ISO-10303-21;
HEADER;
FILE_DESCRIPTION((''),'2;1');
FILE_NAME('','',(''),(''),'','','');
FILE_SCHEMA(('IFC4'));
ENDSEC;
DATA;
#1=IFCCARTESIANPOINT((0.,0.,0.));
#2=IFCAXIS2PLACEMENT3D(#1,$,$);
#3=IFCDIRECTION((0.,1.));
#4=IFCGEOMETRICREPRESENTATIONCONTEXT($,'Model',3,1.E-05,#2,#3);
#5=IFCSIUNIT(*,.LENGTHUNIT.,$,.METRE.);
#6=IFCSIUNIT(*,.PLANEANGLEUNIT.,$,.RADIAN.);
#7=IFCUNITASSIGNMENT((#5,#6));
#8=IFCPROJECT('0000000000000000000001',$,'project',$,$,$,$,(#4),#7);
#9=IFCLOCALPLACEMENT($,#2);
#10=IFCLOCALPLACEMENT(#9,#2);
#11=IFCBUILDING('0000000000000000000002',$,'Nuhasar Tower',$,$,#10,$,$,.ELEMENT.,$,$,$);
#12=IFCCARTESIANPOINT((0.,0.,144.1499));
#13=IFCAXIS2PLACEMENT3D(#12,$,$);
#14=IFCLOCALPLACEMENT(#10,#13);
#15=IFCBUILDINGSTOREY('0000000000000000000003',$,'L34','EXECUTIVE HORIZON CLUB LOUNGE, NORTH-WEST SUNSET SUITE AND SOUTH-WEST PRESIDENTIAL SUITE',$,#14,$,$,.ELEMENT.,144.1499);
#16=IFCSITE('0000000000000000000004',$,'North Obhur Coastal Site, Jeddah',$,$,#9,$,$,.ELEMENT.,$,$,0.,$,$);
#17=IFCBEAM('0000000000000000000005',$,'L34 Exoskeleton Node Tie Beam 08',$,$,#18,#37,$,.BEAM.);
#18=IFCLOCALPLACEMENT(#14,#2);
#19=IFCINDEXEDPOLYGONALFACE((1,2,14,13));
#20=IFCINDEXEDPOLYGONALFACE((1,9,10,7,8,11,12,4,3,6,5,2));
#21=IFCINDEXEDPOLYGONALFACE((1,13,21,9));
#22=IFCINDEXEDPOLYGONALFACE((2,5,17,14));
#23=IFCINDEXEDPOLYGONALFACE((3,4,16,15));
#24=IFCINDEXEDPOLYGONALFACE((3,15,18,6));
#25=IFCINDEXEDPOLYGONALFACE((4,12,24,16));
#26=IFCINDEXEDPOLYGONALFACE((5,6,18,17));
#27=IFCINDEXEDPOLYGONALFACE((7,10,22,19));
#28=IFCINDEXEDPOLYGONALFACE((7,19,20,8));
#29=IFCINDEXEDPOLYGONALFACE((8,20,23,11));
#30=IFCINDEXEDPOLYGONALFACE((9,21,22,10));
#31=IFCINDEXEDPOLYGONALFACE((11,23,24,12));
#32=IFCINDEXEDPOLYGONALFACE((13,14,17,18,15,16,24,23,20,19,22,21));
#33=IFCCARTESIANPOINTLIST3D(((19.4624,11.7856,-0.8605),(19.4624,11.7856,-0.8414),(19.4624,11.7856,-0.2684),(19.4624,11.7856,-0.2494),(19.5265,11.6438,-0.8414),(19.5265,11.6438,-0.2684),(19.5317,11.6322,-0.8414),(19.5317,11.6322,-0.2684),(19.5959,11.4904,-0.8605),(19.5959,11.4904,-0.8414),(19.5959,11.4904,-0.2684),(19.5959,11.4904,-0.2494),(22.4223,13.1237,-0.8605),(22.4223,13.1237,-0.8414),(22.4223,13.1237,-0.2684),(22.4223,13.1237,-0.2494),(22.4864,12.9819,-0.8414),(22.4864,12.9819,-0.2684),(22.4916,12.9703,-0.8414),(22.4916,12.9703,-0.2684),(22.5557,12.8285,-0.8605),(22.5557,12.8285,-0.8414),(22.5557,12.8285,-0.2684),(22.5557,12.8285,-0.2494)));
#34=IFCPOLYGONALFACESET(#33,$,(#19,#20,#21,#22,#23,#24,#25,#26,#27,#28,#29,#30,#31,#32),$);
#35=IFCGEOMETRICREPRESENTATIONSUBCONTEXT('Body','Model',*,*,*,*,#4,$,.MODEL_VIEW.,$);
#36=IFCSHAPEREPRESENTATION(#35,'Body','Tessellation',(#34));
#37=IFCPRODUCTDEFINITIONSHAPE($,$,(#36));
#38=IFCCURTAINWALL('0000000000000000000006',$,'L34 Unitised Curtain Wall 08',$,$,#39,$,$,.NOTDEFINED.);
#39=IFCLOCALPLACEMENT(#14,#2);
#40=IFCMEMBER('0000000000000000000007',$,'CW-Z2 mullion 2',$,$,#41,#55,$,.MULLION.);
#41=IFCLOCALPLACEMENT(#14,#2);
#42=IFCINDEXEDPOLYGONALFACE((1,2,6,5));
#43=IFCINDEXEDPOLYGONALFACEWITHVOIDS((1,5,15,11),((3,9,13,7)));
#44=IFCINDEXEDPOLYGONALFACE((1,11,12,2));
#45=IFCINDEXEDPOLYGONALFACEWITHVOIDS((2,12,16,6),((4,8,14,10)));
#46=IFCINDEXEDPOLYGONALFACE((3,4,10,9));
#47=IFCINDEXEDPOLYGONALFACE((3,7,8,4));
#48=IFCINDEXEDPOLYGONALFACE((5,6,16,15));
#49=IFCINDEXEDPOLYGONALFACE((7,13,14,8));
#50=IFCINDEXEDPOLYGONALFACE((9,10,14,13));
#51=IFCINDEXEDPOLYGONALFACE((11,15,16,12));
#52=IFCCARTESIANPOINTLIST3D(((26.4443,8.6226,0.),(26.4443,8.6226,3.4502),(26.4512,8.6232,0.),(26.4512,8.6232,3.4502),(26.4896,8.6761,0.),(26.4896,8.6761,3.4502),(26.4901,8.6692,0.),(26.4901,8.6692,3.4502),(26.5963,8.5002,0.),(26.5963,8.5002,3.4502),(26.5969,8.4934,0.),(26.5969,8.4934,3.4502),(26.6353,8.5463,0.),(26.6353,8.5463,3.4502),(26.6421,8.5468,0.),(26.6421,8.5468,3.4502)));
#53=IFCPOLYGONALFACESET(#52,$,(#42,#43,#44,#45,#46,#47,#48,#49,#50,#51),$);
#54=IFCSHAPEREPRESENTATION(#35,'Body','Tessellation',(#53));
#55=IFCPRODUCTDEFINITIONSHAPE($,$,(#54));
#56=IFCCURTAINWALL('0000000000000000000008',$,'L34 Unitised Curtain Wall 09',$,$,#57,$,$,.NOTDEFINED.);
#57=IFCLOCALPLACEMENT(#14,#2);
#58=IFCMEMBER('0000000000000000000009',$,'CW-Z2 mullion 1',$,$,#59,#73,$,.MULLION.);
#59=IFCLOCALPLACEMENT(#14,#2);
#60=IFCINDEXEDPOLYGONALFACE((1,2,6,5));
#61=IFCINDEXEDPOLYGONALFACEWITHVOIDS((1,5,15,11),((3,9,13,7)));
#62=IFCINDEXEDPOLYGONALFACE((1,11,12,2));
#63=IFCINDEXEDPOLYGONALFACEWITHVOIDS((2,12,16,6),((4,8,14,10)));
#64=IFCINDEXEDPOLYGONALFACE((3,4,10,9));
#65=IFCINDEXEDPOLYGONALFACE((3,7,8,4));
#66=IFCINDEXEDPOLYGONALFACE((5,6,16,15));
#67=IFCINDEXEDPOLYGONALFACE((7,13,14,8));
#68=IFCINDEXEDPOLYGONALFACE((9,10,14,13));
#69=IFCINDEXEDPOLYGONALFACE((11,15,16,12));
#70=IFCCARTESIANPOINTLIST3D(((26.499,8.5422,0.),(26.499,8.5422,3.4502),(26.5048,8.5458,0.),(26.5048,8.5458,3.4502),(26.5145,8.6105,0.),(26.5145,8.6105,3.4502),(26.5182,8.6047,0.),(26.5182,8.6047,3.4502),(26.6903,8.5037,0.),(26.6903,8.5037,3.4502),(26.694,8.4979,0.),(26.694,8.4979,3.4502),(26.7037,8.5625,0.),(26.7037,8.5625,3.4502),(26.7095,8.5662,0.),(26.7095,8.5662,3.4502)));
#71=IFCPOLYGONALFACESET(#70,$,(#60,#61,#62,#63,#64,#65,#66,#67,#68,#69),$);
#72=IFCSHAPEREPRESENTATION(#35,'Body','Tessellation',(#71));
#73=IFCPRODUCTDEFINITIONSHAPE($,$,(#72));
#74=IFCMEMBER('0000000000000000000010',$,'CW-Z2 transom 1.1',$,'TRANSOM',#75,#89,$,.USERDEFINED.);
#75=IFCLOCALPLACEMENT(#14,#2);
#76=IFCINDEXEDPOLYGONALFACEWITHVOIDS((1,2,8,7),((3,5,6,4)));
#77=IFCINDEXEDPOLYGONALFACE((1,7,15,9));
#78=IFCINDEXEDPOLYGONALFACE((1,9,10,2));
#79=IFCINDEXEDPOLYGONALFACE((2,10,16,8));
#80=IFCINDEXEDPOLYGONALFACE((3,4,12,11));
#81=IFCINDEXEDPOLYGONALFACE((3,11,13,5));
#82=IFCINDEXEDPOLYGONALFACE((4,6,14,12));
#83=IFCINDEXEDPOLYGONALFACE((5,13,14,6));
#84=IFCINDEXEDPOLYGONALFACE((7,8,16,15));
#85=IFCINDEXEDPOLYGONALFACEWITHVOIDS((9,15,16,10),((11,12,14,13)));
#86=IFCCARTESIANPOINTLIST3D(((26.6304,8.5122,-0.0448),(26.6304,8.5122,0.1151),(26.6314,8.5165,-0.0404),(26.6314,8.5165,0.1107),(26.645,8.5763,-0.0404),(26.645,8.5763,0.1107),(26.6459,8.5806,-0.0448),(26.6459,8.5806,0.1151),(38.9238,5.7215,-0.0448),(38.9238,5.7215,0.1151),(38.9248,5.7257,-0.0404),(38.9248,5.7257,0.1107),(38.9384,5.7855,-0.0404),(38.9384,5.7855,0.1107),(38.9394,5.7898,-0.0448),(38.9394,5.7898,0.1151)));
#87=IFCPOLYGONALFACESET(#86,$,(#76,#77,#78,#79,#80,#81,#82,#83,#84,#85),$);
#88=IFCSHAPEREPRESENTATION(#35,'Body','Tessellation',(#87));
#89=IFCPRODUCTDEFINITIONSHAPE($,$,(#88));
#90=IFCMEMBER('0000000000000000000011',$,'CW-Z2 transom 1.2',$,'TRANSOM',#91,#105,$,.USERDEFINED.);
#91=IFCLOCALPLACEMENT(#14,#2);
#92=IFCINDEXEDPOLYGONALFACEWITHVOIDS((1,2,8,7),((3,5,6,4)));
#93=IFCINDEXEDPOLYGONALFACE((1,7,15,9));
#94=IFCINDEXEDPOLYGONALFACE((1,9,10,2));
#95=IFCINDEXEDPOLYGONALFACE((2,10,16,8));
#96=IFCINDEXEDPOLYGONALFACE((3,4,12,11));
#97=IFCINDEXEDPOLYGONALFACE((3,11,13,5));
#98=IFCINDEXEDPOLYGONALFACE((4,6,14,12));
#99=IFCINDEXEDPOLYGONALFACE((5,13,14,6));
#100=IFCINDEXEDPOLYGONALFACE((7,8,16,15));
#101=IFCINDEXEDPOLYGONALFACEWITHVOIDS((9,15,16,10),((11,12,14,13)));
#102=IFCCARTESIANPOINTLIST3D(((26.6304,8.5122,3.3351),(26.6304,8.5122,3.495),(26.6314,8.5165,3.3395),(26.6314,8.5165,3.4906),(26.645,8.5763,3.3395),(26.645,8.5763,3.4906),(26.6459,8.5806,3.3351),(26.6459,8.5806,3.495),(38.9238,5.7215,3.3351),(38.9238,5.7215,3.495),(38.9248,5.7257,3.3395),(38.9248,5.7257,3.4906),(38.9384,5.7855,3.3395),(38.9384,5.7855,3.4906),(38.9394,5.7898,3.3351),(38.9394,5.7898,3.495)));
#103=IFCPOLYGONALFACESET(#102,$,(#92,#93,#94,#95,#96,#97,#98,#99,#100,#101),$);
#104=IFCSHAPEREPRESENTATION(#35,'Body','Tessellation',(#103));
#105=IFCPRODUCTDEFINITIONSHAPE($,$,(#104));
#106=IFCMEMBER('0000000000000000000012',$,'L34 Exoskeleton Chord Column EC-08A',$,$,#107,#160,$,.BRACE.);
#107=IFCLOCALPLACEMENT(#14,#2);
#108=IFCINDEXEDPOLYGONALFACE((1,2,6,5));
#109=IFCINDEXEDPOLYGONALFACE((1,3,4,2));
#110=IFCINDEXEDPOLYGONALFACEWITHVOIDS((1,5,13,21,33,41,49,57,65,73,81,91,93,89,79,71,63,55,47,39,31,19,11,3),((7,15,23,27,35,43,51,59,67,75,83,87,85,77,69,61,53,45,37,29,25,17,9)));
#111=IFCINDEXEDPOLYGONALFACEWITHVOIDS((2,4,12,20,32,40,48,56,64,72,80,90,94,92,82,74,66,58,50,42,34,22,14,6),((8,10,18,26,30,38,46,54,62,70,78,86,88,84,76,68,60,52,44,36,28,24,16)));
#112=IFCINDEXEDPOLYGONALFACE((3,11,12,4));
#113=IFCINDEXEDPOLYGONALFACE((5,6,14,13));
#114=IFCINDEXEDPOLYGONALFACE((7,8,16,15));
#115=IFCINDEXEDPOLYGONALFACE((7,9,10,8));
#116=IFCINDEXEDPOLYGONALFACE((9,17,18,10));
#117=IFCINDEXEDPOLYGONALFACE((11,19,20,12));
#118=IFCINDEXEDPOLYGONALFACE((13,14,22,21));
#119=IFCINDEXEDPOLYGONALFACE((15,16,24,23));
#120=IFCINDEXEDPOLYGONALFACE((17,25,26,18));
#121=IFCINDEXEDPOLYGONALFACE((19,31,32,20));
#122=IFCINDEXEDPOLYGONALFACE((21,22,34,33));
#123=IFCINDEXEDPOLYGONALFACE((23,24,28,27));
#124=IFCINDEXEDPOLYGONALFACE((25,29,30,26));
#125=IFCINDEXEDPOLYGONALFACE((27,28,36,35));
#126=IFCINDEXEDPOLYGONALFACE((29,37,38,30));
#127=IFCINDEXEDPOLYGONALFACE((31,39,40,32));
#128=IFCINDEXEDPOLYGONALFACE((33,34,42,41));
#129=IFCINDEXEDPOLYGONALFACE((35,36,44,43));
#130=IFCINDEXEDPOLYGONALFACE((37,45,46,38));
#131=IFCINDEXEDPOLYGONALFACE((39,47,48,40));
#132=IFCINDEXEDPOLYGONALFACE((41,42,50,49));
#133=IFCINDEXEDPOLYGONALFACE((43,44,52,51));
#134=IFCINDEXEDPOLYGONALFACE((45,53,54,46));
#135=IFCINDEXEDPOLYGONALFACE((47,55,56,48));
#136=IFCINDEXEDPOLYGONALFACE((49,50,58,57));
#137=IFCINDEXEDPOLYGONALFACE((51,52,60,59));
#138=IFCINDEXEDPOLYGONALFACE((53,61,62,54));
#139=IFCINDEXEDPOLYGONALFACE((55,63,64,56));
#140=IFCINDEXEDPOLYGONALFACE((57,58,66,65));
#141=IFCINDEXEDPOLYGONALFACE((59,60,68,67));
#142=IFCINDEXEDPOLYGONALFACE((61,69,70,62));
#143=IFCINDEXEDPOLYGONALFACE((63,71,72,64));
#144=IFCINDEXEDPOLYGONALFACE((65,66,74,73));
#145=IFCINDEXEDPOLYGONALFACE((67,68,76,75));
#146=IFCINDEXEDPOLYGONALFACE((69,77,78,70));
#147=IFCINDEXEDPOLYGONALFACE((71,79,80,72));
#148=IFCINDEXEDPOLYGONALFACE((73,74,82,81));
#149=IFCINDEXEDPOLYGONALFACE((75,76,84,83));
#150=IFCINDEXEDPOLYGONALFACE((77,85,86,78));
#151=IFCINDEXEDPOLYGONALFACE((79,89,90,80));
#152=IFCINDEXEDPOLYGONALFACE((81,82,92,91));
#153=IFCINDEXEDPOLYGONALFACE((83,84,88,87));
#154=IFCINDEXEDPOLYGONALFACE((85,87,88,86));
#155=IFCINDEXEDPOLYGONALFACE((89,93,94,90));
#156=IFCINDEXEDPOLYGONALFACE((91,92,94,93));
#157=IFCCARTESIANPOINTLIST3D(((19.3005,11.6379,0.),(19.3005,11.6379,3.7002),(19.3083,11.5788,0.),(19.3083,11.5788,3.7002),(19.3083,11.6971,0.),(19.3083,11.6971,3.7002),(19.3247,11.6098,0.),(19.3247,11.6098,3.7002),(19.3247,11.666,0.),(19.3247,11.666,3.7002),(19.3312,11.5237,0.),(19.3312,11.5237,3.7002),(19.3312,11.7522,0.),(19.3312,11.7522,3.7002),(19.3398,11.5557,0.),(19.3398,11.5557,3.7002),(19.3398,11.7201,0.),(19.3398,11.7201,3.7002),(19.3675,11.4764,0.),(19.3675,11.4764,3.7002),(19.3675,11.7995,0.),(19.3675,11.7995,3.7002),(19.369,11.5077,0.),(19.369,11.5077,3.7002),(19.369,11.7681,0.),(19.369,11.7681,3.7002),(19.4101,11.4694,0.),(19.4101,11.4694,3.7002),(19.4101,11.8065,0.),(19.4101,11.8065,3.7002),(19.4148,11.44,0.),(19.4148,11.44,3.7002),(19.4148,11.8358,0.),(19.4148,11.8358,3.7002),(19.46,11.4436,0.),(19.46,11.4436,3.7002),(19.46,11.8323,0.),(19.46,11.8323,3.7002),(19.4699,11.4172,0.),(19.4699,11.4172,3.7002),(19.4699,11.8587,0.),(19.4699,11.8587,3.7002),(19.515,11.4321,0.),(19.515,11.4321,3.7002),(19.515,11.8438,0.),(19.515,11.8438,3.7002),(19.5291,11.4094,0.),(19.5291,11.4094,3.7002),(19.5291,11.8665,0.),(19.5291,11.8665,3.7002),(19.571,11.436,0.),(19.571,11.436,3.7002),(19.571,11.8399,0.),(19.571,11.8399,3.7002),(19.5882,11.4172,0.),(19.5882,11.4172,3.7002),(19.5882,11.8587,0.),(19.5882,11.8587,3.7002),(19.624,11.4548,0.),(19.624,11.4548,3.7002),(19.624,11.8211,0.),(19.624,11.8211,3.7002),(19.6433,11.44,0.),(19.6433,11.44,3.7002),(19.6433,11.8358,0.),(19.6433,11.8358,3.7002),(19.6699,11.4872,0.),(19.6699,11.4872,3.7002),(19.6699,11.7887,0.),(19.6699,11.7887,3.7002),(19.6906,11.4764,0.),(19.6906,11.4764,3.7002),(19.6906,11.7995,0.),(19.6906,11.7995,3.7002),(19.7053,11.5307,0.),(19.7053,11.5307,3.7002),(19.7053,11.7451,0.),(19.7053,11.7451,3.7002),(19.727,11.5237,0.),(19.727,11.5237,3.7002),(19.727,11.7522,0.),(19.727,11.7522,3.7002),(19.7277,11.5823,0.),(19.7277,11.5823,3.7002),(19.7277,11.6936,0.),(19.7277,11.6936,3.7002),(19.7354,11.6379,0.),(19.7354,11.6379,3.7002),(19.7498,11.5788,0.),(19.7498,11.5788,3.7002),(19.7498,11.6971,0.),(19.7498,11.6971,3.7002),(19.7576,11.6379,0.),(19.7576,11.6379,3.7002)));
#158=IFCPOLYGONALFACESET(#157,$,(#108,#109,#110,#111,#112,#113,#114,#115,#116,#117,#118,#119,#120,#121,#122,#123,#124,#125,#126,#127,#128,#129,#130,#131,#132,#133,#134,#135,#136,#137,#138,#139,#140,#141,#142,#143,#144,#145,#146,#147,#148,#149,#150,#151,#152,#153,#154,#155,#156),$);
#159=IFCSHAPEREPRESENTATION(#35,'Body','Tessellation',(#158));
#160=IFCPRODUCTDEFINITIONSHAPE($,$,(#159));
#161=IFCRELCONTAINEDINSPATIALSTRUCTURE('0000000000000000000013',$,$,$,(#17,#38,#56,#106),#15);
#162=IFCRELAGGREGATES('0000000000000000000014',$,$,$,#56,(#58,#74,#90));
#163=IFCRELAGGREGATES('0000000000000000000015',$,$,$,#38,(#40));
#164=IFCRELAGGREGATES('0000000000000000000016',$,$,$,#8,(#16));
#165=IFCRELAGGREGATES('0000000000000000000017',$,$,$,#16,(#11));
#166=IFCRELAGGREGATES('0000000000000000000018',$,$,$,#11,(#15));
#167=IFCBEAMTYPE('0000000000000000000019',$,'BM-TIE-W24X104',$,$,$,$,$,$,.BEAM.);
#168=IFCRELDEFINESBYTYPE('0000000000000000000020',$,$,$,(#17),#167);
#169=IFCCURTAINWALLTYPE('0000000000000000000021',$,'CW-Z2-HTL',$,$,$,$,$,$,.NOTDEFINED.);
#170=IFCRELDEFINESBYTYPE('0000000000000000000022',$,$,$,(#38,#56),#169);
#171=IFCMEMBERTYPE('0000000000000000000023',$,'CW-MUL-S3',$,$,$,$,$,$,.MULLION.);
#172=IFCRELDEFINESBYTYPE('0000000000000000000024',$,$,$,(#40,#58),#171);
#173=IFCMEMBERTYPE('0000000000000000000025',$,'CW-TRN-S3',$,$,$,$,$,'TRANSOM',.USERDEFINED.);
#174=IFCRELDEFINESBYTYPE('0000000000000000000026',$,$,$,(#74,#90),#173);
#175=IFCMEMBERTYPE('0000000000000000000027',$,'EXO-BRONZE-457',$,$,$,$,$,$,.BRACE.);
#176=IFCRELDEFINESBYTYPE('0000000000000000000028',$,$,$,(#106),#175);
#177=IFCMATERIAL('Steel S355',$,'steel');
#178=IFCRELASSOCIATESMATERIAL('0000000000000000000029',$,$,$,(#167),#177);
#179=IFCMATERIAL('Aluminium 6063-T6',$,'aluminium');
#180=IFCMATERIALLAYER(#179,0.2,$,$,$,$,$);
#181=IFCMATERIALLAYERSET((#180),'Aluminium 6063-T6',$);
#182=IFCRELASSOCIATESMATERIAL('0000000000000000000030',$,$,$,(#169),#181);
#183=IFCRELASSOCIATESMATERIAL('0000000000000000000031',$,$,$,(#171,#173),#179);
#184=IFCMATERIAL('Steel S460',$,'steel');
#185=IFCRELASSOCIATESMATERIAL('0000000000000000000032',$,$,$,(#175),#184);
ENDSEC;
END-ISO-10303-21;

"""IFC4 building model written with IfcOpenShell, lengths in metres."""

from ifc_helpers import new_model, si_unit, direction, frame, origin, origin_2d, place, context, subcontext, project, spatial, hollow_rectangle, hollow_circle, i_section, extrude, material, layer, layer_set, material_profile, profile_set, type_object, element, aggregate, save


model = new_model("IFC4")

# Units and contexts
model_context = context("Model", 3, precision=1e-05, world=origin(), true_north=direction((0.0, 1.0)))
body_context = subcontext(model_context, "Body", "Model", "MODEL_VIEW")
ifc_project = project(units=[si_unit("LENGTHUNIT", "METRE"), si_unit("PLANEANGLEUNIT", "RADIAN")], contexts=[model_context])

# Site, building, storey
site_placement = place(None, origin())
site = spatial("IfcSite", under=ifc_project, at=site_placement, Name="North Obhur Coastal Site, Jeddah", CompositionType="ELEMENT", RefElevation=0.0)
building_placement = place(site_placement, origin())
building = spatial("IfcBuilding", under=site, at=building_placement, Name="Nuhasar Tower", CompositionType="ELEMENT")
storey_placement = place(building_placement, frame((0.0, 0.0, 144.1499)))
storey = spatial("IfcBuildingStorey", under=building, at=storey_placement, Name="L34", Description="EXECUTIVE HORIZON CLUB LOUNGE, NORTH-WEST SUNSET SUITE AND SOUTH-WEST PRESIDENTIAL SUITE", CompositionType="ELEMENT", Elevation=144.1499)

# Beam
ifc_material_1 = material(Name="Steel S355", Category="steel")
ifc_material_profile_1 = material_profile(ifc_material_1, i_section(OverallWidth=0.324, OverallDepth=0.6111, WebThickness=0.0127, FlangeThickness=0.019, at=origin_2d()), Name="W24X104")
ifc_profile_set_1 = profile_set([ifc_material_profile_1], Name="Steel S355")
beam_type_1 = type_object("IfcBeamType", Name="BM-TIE-W24X104", PredefinedType="BEAM", material=ifc_profile_set_1)
beam_1_placement = place(storey_placement, frame((22.489, 12.9761, -0.5549), z_axis=(-0.911211, -0.411939, 0.0), x_axis=(0.411939, -0.911211, 0.0)))
element("IfcBeam", 1, at=beam_1_placement, inside=storey, type_object=beam_type_1, Name="L34 Exoskeleton Node Tie Beam 08", PredefinedType="BEAM", context=body_context, shape_type="SweptSolid", body=[
    extrude(i_section(OverallWidth=0.324, OverallDepth=0.6111, WebThickness=0.0127, FlangeThickness=0.019, at=origin_2d()), origin(), (0.0, 0.0, 1.0), 3.2483),
])

# Curtain wall, member
ifc_material_2 = material(Name="Aluminium 6063-T6", Category="aluminium")
ifc_layer_1 = layer(ifc_material_2, 0.2)
ifc_layer_set_1 = layer_set([ifc_layer_1], Name="Aluminium 6063-T6")
curtain_wall_type = type_object("IfcCurtainWallType", Name="CW-Z2-HTL", PredefinedType="NOTDEFINED", material=ifc_layer_set_1)
curtain_wall_1_placement = place(storey_placement, origin())
curtain_wall_1 = element("IfcCurtainWall", 2, at=curtain_wall_1_placement, inside=storey, type_object=curtain_wall_type, Name="L34 Unitised Curtain Wall 08", PredefinedType="NOTDEFINED")
ifc_material_profile_2 = material_profile(ifc_material_2, hollow_rectangle(XDim=0.0701, YDim=0.2, WallThickness=0.0049, at=origin_2d()), Name="CWM-3")
ifc_profile_set_2 = profile_set([ifc_material_profile_2], Name="Aluminium 6063-T6")
member_type_1 = type_object("IfcMemberType", Name="CW-MUL-S3", PredefinedType="MULLION", material=ifc_profile_set_2)
member_1_placement = place(storey_placement, frame((26.5432, 8.5847, 0.0), z_axis=(0.0, 0.0, 1.0), x_axis=(0.646374, 0.76302, 0.0)))
member_1 = element("IfcMember", 3, at=member_1_placement, type_object=member_type_1, Name="CW-Z2 mullion 2", PredefinedType="MULLION", context=body_context, shape_type="SweptSolid", body=[
    extrude(hollow_rectangle(XDim=0.0701, YDim=0.2, WallThickness=0.0049, at=origin_2d()), origin(), (0.0, 0.0, 1.0), 3.4502),
])

# Curtain wall, members
curtain_wall_2_placement = place(storey_placement, origin())
curtain_wall_2 = element("IfcCurtainWall", 4, at=curtain_wall_2_placement, inside=storey, type_object=curtain_wall_type, Name="L34 Unitised Curtain Wall 09", PredefinedType="NOTDEFINED")
member_2_placement = place(storey_placement, frame((26.6042, 8.5542, 0.0), z_axis=(0.0, 0.0, 1.0), x_axis=(0.221397, 0.975184, 0.0)))
member_2 = element("IfcMember", 5, at=member_2_placement, type_object=member_type_1, Name="CW-Z2 mullion 1", PredefinedType="MULLION", context=body_context, shape_type="SweptSolid", body=[
    extrude(hollow_rectangle(XDim=0.0701, YDim=0.2, WallThickness=0.0049, at=origin_2d()), origin(), (0.0, 0.0, 1.0), 3.4502),
])
ifc_material_profile_3 = material_profile(ifc_material_2, hollow_rectangle(XDim=0.0701, YDim=0.1599, WallThickness=0.0044, at=origin_2d()), Name="CWT-3")
ifc_profile_set_3 = profile_set([ifc_material_profile_3], Name="Aluminium 6063-T6")
member_type_2 = type_object("IfcMemberType", Name="CW-TRN-S3", ElementType="TRANSOM", PredefinedType="USERDEFINED", material=ifc_profile_set_3)
member_3_placement = place(storey_placement, frame((26.6382, 8.5464, 0.0352), z_axis=(0.975188, -0.22138, 0.0), x_axis=(0.22138, 0.975188, 0.0)))
member_3 = element("IfcMember", 6, at=member_3_placement, type_object=member_type_2, Name="CW-Z2 transom 1.1", ObjectType="TRANSOM", PredefinedType="USERDEFINED", context=body_context, shape_type="SweptSolid", body=[
    extrude(hollow_rectangle(XDim=0.0701, YDim=0.1599, WallThickness=0.0044, at=origin_2d()), origin(), (0.0, 0.0, 1.0), 12.6062),
])
member_4_placement = place(storey_placement, frame((26.6382, 8.5464, 3.415), z_axis=(0.975188, -0.22138, 0.0), x_axis=(0.22138, 0.975188, 0.0)))
member_4 = element("IfcMember", 7, at=member_4_placement, type_object=member_type_2, Name="CW-Z2 transom 1.2", ObjectType="TRANSOM", PredefinedType="USERDEFINED", context=body_context, shape_type="SweptSolid", body=[
    extrude(hollow_rectangle(XDim=0.0701, YDim=0.1599, WallThickness=0.0044, at=origin_2d()), origin(), (0.0, 0.0, 1.0), 12.6062),
])
aggregate(curtain_wall_2, [member_2, member_3, member_4])

# Member
ifc_material_3 = material(Name="Steel S460", Category="steel")
ifc_material_profile_4 = material_profile(ifc_material_3, hollow_circle(Radius=0.2285, WallThickness=0.0222, at=origin_2d()), Name="HSS457X22.2")
ifc_profile_set_4 = profile_set([ifc_material_profile_4], Name="Steel S460")
member_type_3 = type_object("IfcMemberType", Name="EXO-BRONZE-457", PredefinedType="BRACE", material=ifc_profile_set_4)
for number, where, z_axis, x_axis, name in (
    (8, (19.5291, 11.6379, 0.0), (0.0, 0.0, 1.0), (1.0, 0.0, 0.0), "L34 Exoskeleton Chord Column EC-08A"),
):
    element("IfcMember", number, at=place(storey_placement, frame(where, z_axis=z_axis, x_axis=x_axis)), inside=storey, type_object=member_type_3, Name=name, PredefinedType="BRACE", context=body_context, shape_type="SweptSolid", body=[
        extrude(hollow_circle(Radius=0.2285, WallThickness=0.0222, at=origin_2d()), origin(), (0.0, 0.0, 1.0), 3.7002),
    ])

aggregate(curtain_wall_1, [member_1])

save(model, "model.ifc")
